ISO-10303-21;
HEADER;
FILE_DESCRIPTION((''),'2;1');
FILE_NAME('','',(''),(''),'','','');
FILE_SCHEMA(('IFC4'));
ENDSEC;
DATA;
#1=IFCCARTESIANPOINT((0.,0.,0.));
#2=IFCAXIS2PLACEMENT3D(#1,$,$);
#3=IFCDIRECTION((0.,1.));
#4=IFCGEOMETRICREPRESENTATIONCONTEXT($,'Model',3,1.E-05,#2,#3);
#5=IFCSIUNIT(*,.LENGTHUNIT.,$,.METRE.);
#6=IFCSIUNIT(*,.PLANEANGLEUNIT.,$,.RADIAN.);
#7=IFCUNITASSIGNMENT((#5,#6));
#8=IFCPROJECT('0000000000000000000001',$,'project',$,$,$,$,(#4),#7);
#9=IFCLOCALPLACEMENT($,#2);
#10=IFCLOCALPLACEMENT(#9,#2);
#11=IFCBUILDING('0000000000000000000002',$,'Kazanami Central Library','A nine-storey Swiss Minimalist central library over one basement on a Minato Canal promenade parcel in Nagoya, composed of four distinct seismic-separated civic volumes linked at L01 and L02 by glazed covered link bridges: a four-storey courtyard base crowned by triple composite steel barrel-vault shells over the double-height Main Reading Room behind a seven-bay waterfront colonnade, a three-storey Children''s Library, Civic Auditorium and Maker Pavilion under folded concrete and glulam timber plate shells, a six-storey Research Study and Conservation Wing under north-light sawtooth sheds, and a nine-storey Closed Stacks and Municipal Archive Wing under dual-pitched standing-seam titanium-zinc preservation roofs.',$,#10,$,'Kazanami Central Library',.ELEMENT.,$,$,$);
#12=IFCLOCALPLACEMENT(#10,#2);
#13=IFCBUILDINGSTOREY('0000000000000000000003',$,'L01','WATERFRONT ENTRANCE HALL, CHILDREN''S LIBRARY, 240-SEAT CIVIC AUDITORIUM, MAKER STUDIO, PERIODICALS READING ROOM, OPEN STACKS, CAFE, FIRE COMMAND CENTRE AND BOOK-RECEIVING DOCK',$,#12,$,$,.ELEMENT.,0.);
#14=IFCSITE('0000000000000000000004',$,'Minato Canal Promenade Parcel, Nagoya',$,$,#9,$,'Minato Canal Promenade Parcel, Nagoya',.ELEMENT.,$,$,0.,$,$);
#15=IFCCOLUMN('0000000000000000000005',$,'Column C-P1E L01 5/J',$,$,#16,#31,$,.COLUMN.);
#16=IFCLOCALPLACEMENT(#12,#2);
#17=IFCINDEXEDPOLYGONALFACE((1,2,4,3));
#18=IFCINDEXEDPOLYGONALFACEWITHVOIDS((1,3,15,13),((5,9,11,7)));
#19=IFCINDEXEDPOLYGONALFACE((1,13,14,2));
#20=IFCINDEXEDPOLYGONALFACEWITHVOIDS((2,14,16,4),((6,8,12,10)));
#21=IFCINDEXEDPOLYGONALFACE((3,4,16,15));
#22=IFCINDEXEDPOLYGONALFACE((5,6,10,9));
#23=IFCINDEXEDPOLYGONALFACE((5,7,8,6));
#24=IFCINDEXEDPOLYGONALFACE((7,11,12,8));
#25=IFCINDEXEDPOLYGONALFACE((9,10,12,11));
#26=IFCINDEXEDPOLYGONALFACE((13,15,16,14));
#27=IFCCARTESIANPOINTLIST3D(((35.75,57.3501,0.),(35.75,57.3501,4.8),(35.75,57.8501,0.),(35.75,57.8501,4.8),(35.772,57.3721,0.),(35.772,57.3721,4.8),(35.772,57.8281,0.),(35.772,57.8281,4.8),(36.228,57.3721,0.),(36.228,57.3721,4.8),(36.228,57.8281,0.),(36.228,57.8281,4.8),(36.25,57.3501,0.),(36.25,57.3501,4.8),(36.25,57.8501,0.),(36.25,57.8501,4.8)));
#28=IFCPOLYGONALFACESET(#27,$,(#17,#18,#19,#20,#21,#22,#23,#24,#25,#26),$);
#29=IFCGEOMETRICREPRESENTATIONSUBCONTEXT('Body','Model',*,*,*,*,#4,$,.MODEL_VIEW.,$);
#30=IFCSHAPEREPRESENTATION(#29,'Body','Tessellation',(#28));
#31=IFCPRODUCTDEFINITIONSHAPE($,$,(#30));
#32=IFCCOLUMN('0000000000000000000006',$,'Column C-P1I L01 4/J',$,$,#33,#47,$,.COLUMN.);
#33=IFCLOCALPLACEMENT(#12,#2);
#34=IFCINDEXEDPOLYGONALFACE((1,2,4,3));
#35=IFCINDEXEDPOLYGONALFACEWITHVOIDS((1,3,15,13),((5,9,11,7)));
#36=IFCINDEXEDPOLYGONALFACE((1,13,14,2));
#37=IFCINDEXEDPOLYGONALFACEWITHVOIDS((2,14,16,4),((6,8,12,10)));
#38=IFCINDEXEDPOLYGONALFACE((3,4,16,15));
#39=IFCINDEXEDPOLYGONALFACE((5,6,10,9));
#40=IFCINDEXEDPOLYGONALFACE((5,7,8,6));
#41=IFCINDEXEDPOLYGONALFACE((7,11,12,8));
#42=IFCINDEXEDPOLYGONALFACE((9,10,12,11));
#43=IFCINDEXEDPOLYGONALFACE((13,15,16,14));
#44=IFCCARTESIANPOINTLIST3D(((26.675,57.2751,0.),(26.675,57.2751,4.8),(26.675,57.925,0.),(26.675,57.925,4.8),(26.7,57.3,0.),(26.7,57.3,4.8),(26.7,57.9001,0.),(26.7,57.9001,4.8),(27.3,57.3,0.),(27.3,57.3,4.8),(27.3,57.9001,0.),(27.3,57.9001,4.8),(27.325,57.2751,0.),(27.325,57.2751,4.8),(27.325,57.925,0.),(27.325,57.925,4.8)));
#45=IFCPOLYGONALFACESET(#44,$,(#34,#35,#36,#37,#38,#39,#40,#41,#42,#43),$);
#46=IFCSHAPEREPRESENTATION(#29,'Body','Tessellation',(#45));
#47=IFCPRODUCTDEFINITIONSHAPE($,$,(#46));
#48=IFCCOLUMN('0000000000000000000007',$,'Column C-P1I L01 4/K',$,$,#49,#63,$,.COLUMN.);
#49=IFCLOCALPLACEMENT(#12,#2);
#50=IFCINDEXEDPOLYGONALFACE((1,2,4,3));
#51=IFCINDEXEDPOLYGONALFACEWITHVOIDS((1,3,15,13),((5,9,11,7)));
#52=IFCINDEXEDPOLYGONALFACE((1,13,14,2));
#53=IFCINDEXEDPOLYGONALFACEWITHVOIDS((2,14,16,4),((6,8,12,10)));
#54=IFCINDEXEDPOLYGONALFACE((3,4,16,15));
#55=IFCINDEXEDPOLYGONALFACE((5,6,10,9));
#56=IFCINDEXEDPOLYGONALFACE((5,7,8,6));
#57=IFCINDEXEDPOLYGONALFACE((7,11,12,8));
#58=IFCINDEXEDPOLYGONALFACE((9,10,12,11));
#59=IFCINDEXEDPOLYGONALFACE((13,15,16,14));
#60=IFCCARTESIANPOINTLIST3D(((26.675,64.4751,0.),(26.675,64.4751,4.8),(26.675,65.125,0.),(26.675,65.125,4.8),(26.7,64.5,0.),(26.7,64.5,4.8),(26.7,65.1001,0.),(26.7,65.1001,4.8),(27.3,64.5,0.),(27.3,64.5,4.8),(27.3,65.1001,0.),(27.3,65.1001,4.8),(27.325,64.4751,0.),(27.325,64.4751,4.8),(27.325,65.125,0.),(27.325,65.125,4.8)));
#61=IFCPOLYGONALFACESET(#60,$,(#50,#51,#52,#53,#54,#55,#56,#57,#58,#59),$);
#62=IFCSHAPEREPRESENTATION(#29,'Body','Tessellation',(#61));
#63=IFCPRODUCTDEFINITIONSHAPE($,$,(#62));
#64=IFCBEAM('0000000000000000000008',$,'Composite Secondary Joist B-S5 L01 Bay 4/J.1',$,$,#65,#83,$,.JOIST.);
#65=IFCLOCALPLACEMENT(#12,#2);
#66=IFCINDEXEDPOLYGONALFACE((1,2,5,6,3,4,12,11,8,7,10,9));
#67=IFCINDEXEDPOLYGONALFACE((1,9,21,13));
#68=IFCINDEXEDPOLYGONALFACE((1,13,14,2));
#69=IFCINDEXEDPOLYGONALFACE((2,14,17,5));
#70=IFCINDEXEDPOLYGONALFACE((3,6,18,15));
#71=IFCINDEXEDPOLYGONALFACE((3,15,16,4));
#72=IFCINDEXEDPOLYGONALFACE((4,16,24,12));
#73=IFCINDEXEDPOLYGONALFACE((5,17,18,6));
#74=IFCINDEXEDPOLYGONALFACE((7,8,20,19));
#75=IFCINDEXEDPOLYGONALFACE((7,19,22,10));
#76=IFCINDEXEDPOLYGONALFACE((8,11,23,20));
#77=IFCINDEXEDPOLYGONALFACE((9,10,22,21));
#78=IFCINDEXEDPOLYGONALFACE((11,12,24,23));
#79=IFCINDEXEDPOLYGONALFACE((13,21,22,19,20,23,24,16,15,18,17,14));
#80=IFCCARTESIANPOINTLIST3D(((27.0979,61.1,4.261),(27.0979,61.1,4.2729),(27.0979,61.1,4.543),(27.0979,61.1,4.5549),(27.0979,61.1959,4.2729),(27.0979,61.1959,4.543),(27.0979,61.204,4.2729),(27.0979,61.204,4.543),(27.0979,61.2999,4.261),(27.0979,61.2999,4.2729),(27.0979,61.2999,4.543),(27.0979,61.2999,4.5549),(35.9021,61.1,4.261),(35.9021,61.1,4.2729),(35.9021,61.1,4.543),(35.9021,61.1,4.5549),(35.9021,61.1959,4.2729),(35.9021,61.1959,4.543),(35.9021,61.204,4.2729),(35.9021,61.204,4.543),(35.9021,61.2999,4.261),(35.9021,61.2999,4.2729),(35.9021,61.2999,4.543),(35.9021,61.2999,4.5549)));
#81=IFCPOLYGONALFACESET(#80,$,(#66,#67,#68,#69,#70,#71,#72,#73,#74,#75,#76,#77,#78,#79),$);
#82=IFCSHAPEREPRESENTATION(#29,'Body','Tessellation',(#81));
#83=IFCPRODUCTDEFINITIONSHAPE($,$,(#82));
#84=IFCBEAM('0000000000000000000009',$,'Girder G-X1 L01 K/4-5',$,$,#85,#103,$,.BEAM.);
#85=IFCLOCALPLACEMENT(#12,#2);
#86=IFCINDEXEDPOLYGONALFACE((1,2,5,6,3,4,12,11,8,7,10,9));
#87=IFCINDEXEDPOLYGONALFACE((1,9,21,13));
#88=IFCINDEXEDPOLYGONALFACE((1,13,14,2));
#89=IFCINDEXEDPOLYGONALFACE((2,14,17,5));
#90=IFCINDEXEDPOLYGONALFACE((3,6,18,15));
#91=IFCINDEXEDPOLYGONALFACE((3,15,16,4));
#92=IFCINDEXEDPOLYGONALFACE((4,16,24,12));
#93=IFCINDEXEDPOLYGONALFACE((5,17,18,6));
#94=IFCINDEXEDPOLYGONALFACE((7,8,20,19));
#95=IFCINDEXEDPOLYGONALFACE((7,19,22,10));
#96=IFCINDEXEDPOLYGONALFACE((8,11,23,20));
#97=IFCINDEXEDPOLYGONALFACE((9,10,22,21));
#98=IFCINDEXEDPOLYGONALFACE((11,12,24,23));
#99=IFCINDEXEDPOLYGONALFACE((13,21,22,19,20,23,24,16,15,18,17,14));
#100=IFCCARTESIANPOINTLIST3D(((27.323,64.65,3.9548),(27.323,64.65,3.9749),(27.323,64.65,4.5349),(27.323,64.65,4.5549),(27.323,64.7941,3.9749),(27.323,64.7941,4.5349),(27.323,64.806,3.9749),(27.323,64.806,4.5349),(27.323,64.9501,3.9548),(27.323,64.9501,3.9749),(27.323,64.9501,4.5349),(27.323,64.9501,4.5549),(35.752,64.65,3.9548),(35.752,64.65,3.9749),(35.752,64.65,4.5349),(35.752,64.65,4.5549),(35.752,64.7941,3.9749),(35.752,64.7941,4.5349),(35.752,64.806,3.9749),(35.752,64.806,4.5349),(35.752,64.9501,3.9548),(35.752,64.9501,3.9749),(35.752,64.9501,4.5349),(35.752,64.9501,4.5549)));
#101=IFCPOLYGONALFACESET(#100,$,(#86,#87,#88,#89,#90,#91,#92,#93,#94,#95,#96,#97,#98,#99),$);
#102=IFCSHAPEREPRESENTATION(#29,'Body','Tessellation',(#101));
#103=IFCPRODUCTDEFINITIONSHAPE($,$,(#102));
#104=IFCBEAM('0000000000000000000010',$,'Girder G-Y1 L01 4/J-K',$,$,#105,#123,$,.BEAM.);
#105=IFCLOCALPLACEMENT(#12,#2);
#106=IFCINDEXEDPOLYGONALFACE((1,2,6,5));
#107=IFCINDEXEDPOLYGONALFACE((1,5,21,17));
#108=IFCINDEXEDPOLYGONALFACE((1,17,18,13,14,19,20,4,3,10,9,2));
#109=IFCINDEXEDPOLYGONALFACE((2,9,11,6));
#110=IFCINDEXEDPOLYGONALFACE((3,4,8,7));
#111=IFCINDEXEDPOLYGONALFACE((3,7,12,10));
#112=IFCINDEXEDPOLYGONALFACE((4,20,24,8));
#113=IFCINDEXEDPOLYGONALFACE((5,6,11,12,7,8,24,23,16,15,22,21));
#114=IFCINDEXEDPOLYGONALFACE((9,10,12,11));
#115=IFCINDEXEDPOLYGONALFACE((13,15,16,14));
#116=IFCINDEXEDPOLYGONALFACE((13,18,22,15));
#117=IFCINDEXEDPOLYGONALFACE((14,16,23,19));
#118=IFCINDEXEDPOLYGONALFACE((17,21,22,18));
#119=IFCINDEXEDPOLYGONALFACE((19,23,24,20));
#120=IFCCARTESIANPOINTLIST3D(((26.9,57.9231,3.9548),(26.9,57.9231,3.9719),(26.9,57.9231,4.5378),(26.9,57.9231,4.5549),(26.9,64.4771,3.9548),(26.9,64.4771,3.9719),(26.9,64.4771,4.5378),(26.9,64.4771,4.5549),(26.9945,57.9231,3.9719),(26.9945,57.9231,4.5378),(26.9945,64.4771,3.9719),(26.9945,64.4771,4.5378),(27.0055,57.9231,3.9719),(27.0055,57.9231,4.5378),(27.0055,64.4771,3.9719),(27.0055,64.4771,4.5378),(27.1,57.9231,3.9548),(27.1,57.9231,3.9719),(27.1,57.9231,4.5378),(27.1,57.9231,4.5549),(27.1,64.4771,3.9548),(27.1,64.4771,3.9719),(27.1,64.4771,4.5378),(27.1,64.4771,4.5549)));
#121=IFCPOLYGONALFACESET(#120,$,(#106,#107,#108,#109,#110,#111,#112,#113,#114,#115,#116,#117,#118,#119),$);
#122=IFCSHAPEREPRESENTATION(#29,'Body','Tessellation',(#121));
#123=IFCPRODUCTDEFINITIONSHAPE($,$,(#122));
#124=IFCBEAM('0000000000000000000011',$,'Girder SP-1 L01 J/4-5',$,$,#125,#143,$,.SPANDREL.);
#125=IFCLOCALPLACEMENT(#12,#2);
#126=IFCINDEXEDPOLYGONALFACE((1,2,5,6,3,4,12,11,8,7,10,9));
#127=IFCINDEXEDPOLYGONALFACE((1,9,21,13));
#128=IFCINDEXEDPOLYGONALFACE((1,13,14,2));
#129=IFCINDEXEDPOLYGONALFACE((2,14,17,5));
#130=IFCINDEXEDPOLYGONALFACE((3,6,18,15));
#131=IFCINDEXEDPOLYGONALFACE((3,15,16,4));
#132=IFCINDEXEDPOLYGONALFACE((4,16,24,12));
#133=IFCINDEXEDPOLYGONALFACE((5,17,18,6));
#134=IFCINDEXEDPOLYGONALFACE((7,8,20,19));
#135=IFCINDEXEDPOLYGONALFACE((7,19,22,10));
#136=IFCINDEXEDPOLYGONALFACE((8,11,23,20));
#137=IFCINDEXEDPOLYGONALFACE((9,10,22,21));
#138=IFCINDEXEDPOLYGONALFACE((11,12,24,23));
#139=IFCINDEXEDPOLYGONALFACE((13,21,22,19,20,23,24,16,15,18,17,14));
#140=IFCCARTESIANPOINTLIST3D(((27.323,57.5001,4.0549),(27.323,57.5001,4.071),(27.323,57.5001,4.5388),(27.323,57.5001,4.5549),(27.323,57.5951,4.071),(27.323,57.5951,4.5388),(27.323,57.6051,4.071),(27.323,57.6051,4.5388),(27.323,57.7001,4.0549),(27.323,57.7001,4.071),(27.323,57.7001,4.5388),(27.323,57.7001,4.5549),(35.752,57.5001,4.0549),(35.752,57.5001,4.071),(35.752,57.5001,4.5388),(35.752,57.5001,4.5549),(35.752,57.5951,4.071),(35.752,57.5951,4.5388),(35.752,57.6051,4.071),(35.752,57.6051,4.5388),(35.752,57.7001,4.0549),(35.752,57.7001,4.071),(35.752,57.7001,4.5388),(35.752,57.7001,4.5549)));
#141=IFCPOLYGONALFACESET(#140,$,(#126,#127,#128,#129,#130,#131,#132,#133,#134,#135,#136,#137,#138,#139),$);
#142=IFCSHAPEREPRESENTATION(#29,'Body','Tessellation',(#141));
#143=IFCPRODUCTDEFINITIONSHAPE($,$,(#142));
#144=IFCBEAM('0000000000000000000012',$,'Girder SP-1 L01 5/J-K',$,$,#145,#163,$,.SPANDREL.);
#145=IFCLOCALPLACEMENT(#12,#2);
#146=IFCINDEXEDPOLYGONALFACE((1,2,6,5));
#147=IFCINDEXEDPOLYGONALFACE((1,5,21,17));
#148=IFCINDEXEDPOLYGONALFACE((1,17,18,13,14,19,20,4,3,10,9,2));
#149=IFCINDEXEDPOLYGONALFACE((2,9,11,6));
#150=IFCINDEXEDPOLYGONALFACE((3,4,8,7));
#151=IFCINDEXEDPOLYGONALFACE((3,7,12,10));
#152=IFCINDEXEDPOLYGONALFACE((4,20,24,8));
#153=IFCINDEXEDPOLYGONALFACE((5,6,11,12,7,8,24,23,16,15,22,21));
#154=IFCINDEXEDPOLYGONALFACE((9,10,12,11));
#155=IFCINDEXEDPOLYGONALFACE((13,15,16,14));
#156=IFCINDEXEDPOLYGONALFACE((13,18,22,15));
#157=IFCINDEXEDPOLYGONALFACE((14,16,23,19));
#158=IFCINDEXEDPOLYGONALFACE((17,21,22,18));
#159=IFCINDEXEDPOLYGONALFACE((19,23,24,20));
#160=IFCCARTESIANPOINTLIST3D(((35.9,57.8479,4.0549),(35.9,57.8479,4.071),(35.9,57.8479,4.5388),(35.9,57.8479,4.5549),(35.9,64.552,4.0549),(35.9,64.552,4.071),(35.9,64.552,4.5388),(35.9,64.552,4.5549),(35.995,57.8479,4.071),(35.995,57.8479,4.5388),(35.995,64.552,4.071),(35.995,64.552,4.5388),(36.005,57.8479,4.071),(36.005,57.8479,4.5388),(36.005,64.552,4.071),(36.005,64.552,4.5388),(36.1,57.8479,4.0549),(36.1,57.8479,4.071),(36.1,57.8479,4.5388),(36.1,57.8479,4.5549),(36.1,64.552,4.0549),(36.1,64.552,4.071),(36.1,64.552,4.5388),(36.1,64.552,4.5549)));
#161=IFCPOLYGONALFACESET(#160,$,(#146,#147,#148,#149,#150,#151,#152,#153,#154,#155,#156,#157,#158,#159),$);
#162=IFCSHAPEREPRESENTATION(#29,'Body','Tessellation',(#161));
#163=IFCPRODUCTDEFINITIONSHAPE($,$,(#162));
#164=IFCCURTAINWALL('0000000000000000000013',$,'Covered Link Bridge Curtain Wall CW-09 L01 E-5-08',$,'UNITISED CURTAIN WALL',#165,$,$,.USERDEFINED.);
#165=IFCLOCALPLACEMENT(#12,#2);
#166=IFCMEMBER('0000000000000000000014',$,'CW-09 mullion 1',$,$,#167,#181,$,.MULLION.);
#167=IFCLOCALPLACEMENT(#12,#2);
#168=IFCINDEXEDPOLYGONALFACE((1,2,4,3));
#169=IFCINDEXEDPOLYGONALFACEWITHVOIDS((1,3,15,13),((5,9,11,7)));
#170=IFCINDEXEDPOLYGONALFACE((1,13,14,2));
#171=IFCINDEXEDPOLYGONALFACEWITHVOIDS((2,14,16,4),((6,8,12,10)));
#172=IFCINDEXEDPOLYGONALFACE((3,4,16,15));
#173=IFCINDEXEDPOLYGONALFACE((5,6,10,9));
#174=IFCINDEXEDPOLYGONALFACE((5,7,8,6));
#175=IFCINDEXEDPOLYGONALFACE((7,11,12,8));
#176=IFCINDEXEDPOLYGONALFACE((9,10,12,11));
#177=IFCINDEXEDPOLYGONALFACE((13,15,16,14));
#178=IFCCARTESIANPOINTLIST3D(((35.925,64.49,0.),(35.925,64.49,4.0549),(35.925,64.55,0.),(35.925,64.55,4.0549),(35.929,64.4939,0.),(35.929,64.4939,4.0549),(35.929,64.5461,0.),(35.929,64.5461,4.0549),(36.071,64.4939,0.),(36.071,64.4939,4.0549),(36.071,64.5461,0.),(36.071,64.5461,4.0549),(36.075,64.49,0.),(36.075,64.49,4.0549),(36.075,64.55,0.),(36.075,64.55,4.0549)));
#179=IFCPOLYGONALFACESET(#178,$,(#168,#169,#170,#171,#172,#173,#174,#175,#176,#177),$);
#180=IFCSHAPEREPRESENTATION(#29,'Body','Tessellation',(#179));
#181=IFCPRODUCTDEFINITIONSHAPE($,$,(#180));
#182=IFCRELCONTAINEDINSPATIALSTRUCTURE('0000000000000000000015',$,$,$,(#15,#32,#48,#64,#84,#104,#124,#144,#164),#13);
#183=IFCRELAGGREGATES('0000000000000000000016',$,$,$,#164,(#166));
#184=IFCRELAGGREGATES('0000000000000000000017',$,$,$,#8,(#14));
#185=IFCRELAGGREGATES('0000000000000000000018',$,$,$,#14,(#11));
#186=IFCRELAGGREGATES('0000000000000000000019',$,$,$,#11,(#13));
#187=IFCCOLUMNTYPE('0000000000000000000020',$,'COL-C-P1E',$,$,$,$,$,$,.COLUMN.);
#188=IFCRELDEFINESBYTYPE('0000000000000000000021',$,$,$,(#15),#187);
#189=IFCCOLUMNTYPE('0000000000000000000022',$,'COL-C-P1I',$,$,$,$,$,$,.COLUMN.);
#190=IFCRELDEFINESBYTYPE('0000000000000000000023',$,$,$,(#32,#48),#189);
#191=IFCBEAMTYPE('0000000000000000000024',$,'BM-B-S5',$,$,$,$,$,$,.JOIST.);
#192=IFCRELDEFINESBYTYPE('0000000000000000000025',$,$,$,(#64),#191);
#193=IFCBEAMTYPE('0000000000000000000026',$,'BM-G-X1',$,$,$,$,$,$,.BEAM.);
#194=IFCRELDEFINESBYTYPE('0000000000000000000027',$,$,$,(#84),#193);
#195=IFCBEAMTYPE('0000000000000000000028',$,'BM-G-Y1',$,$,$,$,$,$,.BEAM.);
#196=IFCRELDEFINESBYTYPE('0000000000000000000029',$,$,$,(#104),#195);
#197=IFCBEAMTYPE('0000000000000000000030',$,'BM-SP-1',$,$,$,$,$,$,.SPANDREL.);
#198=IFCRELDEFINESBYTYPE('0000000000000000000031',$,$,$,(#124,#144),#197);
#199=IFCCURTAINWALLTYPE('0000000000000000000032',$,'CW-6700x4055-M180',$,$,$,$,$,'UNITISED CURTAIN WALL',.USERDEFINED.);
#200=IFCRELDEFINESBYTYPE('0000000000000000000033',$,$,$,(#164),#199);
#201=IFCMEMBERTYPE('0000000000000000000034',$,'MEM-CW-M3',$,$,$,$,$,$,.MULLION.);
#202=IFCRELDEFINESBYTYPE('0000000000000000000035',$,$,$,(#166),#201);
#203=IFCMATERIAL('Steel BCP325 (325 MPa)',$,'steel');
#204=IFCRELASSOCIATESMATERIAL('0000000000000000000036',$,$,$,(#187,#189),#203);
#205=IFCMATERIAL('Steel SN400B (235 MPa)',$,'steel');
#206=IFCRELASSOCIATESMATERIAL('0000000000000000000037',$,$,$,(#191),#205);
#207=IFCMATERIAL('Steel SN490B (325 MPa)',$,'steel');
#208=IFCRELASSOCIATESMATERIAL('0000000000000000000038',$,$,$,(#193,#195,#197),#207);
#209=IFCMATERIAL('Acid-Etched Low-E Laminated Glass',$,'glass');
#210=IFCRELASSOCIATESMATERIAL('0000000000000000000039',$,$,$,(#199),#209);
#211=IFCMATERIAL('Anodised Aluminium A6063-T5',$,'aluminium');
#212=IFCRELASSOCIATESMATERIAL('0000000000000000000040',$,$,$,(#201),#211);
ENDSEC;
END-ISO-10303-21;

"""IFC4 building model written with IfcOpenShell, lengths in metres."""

from ifc_helpers import new_model, si_unit, direction, frame, origin, origin_2d, place, context, subcontext, project, spatial, hollow_rectangle, i_section, extrude, material, material_profile, profile_set, type_object, element, aggregate, save


model = new_model("IFC4")

# Units and contexts
model_context = context("Model", 3, precision=1e-05, world=origin(), true_north=direction((0.0, 1.0)))
body_context = subcontext(model_context, "Body", "Model", "MODEL_VIEW")
ifc_project = project(units=[si_unit("LENGTHUNIT", "METRE"), si_unit("PLANEANGLEUNIT", "RADIAN")], contexts=[model_context])

# Site, building, storey
site_placement = place(None, origin())
site = spatial("IfcSite", under=ifc_project, at=site_placement, Name="Minato Canal Promenade Parcel, Nagoya", LongName="Minato Canal Promenade Parcel, Nagoya", CompositionType="ELEMENT", RefElevation=0.0)
building_placement = place(site_placement, origin())
building = spatial("IfcBuilding", under=site, at=building_placement, Name="Kazanami Central Library", Description="A nine-storey Swiss Minimalist central library over one basement on a Minato Canal promenade parcel in Nagoya, composed of four distinct seismic-separated civic volumes linked at L01 and L02 by glazed covered link bridges: a four-storey courtyard base crowned by triple composite steel barrel-vault shells over the double-height Main Reading Room behind a seven-bay waterfront colonnade, a three-storey Children's Library, Civic Auditorium and Maker Pavilion under folded concrete and glulam timber plate shells, a six-storey Research Study and Conservation Wing under north-light sawtooth sheds, and a nine-storey Closed Stacks and Municipal Archive Wing under dual-pitched standing-seam titanium-zinc preservation roofs.", LongName="Kazanami Central Library", CompositionType="ELEMENT")
storey_placement = place(building_placement, origin())
storey = spatial("IfcBuildingStorey", under=building, at=storey_placement, Name="L01", Description="WATERFRONT ENTRANCE HALL, CHILDREN'S LIBRARY, 240-SEAT CIVIC AUDITORIUM, MAKER STUDIO, PERIODICALS READING ROOM, OPEN STACKS, CAFE, FIRE COMMAND CENTRE AND BOOK-RECEIVING DOCK", CompositionType="ELEMENT", Elevation=0.0)

# Columns
ifc_material_1 = material(Name="Steel BCP325 (325 MPa)", Category="steel")
ifc_material_profile_1 = material_profile(ifc_material_1, hollow_rectangle(XDim=0.5, YDim=0.5, WallThickness=0.022, at=origin_2d()), Name="BCP-500x500x22")
ifc_profile_set_1 = profile_set([ifc_material_profile_1], Name="Steel BCP325 (325 MPa)")
column_type_1 = type_object("IfcColumnType", Name="COL-C-P1E", PredefinedType="COLUMN", material=ifc_profile_set_1)
column_placement = place(storey_placement, frame((36.0, 57.6001, 0.0), z_axis=(0.0, 0.0, 1.0), x_axis=(1.0, 0.0, 0.0)))
element("IfcColumn", 1, at=column_placement, inside=storey, type_object=column_type_1, Name="Column C-P1E L01 5/J", PredefinedType="COLUMN", context=body_context, shape_type="SweptSolid", body=[
    extrude(hollow_rectangle(XDim=0.5, YDim=0.5, WallThickness=0.022, at=origin_2d()), origin(), (0.0, 0.0, 1.0), 4.8),
])
ifc_material_profile_2 = material_profile(ifc_material_1, hollow_rectangle(XDim=0.6499, YDim=0.6499, WallThickness=0.0249, at=origin_2d()), Name="BCP-650x650x25")
ifc_profile_set_2 = profile_set([ifc_material_profile_2], Name="Steel BCP325 (325 MPa)")
column_type_2 = type_object("IfcColumnType", Name="COL-C-P1I", PredefinedType="COLUMN", material=ifc_profile_set_2)
for number, where, z_axis, x_axis, name in (
    (2, (27.0, 57.6001, 0.0), (0.0, 0.0, 1.0), (1.0, 0.0, 0.0), "Column C-P1I L01 4/J"),
    (3, (27.0, 64.8, 0.0), (0.0, 0.0, 1.0), (1.0, 0.0, 0.0), "Column C-P1I L01 4/K"),
):
    element("IfcColumn", number, at=place(storey_placement, frame(where, z_axis=z_axis, x_axis=x_axis)), inside=storey, type_object=column_type_2, Name=name, PredefinedType="COLUMN", context=body_context, shape_type="SweptSolid", body=[
        extrude(hollow_rectangle(XDim=0.6499, YDim=0.6499, WallThickness=0.0249, at=origin_2d()), origin(), (0.0, 0.0, 1.0), 4.8),
    ])

# Beams
ifc_material_2 = material(Name="Steel SN400B (235 MPa)", Category="steel")
ifc_material_profile_3 = material_profile(ifc_material_2, i_section(OverallWidth=0.2, OverallDepth=0.2939, WebThickness=0.0081, FlangeThickness=0.012, at=origin_2d()), Name="H-294x200x8x12")
ifc_profile_set_3 = profile_set([ifc_material_profile_3], Name="Steel SN400B (235 MPa)")
beam_type_1 = type_object("IfcBeamType", Name="BM-B-S5", PredefinedType="JOIST", material=ifc_profile_set_3)
beam_1_placement = place(storey_placement, frame((27.0979, 61.2, 4.408), z_axis=(1.0, 0.0, 0.0), x_axis=(0.0, 1.0, 0.0)))
element("IfcBeam", 4, at=beam_1_placement, inside=storey, type_object=beam_type_1, Name="Composite Secondary Joist B-S5 L01 Bay 4/J.1", PredefinedType="JOIST", context=body_context, shape_type="SweptSolid", body=[
    extrude(i_section(OverallWidth=0.2, OverallDepth=0.2939, WebThickness=0.0081, FlangeThickness=0.012, at=origin_2d()), origin(), (0.0, 0.0, 1.0), 8.8042),
])
ifc_material_3 = material(Name="Steel SN490B (325 MPa)", Category="steel")
ifc_material_profile_4 = material_profile(ifc_material_3, i_section(OverallWidth=0.3, OverallDepth=0.6001, WebThickness=0.012, FlangeThickness=0.02, at=origin_2d()), Name="H-600x300x12x20")
ifc_profile_set_4 = profile_set([ifc_material_profile_4], Name="Steel SN490B (325 MPa)")
beam_type_2 = type_object("IfcBeamType", Name="BM-G-X1", PredefinedType="BEAM", material=ifc_profile_set_4)
beam_2_placement = place(storey_placement, frame((27.323, 64.8, 4.2549), z_axis=(1.0, 0.0, 0.0), x_axis=(0.0, 1.0, 0.0)))
element("IfcBeam", 5, at=beam_2_placement, inside=storey, type_object=beam_type_2, Name="Girder G-X1 L01 K/4-5", PredefinedType="BEAM", context=body_context, shape_type="SweptSolid", body=[
    extrude(i_section(OverallWidth=0.3, OverallDepth=0.6001, WebThickness=0.012, FlangeThickness=0.02, at=origin_2d()), origin(), (0.0, 0.0, 1.0), 8.429),
])
ifc_material_profile_5 = material_profile(ifc_material_3, i_section(OverallWidth=0.2, OverallDepth=0.6001, WebThickness=0.011, FlangeThickness=0.0171, at=origin_2d()), Name="H-600x200x11x17")
ifc_profile_set_5 = profile_set([ifc_material_profile_5], Name="Steel SN490B (325 MPa)")
beam_type_3 = type_object("IfcBeamType", Name="BM-G-Y1", PredefinedType="BEAM", material=ifc_profile_set_5)
beam_3_placement = place(storey_placement, frame((27.0, 57.9231, 4.2549), z_axis=(0.0, 1.0, 0.0), x_axis=(-1.0, 0.0, 0.0)))
element("IfcBeam", 6, at=beam_3_placement, inside=storey, type_object=beam_type_3, Name="Girder G-Y1 L01 4/J-K", PredefinedType="BEAM", context=body_context, shape_type="SweptSolid", body=[
    extrude(i_section(OverallWidth=0.2, OverallDepth=0.6001, WebThickness=0.011, FlangeThickness=0.0171, at=origin_2d()), origin(), (0.0, 0.0, 1.0), 6.554),
])
ifc_material_profile_6 = material_profile(ifc_material_3, i_section(OverallWidth=0.2, OverallDepth=0.5, WebThickness=0.01, FlangeThickness=0.0161, at=origin_2d()), Name="H-500x200x10x16")
ifc_profile_set_6 = profile_set([ifc_material_profile_6], Name="Steel SN490B (325 MPa)")
beam_type_4 = type_object("IfcBeamType", Name="BM-SP-1", PredefinedType="SPANDREL", material=ifc_profile_set_6)
beam_4_placement = place(storey_placement, frame((27.323, 57.6001, 4.3049), z_axis=(1.0, 0.0, 0.0), x_axis=(0.0, 1.0, 0.0)))
element("IfcBeam", 7, at=beam_4_placement, inside=storey, type_object=beam_type_4, Name="Girder SP-1 L01 J/4-5", PredefinedType="SPANDREL", context=body_context, shape_type="SweptSolid", body=[
    extrude(i_section(OverallWidth=0.2, OverallDepth=0.5, WebThickness=0.01, FlangeThickness=0.0161, at=origin_2d()), origin(), (0.0, 0.0, 1.0), 8.429),
])
beam_5_placement = place(storey_placement, frame((36.0, 57.8479, 4.3049), z_axis=(0.0, 1.0, 0.0), x_axis=(-1.0, 0.0, 0.0)))
element("IfcBeam", 8, at=beam_5_placement, inside=storey, type_object=beam_type_4, Name="Girder SP-1 L01 5/J-K", PredefinedType="SPANDREL", context=body_context, shape_type="SweptSolid", body=[
    extrude(i_section(OverallWidth=0.2, OverallDepth=0.5, WebThickness=0.01, FlangeThickness=0.0161, at=origin_2d()), origin(), (0.0, 0.0, 1.0), 6.7041),
])

# Curtain wall, member
ifc_material_4 = material(Name="Acid-Etched Low-E Laminated Glass", Category="glass")
curtain_wall_type = type_object("IfcCurtainWallType", Name="CW-6700x4055-M180", ElementType="UNITISED CURTAIN WALL", PredefinedType="USERDEFINED", material=ifc_material_4)
curtain_wall_placement = place(storey_placement, origin())
curtain_wall = element("IfcCurtainWall", 9, at=curtain_wall_placement, inside=storey, type_object=curtain_wall_type, Name="Covered Link Bridge Curtain Wall CW-09 L01 E-5-08", ObjectType="UNITISED CURTAIN WALL", PredefinedType="USERDEFINED")
ifc_material_5 = material(Name="Anodised Aluminium A6063-T5", Category="aluminium")
ifc_material_profile_7 = material_profile(ifc_material_5, hollow_rectangle(XDim=0.0601, YDim=0.1499, WallThickness=0.0039, at=origin_2d()), Name="ALU-MULL-60x150x4")
ifc_profile_set_7 = profile_set([ifc_material_profile_7], Name="Anodised Aluminium A6063-T5")
member_type_1 = type_object("IfcMemberType", Name="MEM-CW-M3", PredefinedType="MULLION", material=ifc_profile_set_7)
member_1_placement = place(storey_placement, frame((36.0, 64.52, 0.0), z_axis=(0.0, 0.0, 1.0), x_axis=(0.0, -1.0, 0.0)))
member_1 = element("IfcMember", 10, at=member_1_placement, type_object=member_type_1, Name="CW-09 mullion 1", PredefinedType="MULLION", context=body_context, shape_type="SweptSolid", body=[
    extrude(hollow_rectangle(XDim=0.0601, YDim=0.1499, WallThickness=0.0039, at=origin_2d()), origin(), (0.0, 0.0, 1.0), 4.0549),
])
aggregate(curtain_wall, [member_1])

save(model, "model.ifc")
